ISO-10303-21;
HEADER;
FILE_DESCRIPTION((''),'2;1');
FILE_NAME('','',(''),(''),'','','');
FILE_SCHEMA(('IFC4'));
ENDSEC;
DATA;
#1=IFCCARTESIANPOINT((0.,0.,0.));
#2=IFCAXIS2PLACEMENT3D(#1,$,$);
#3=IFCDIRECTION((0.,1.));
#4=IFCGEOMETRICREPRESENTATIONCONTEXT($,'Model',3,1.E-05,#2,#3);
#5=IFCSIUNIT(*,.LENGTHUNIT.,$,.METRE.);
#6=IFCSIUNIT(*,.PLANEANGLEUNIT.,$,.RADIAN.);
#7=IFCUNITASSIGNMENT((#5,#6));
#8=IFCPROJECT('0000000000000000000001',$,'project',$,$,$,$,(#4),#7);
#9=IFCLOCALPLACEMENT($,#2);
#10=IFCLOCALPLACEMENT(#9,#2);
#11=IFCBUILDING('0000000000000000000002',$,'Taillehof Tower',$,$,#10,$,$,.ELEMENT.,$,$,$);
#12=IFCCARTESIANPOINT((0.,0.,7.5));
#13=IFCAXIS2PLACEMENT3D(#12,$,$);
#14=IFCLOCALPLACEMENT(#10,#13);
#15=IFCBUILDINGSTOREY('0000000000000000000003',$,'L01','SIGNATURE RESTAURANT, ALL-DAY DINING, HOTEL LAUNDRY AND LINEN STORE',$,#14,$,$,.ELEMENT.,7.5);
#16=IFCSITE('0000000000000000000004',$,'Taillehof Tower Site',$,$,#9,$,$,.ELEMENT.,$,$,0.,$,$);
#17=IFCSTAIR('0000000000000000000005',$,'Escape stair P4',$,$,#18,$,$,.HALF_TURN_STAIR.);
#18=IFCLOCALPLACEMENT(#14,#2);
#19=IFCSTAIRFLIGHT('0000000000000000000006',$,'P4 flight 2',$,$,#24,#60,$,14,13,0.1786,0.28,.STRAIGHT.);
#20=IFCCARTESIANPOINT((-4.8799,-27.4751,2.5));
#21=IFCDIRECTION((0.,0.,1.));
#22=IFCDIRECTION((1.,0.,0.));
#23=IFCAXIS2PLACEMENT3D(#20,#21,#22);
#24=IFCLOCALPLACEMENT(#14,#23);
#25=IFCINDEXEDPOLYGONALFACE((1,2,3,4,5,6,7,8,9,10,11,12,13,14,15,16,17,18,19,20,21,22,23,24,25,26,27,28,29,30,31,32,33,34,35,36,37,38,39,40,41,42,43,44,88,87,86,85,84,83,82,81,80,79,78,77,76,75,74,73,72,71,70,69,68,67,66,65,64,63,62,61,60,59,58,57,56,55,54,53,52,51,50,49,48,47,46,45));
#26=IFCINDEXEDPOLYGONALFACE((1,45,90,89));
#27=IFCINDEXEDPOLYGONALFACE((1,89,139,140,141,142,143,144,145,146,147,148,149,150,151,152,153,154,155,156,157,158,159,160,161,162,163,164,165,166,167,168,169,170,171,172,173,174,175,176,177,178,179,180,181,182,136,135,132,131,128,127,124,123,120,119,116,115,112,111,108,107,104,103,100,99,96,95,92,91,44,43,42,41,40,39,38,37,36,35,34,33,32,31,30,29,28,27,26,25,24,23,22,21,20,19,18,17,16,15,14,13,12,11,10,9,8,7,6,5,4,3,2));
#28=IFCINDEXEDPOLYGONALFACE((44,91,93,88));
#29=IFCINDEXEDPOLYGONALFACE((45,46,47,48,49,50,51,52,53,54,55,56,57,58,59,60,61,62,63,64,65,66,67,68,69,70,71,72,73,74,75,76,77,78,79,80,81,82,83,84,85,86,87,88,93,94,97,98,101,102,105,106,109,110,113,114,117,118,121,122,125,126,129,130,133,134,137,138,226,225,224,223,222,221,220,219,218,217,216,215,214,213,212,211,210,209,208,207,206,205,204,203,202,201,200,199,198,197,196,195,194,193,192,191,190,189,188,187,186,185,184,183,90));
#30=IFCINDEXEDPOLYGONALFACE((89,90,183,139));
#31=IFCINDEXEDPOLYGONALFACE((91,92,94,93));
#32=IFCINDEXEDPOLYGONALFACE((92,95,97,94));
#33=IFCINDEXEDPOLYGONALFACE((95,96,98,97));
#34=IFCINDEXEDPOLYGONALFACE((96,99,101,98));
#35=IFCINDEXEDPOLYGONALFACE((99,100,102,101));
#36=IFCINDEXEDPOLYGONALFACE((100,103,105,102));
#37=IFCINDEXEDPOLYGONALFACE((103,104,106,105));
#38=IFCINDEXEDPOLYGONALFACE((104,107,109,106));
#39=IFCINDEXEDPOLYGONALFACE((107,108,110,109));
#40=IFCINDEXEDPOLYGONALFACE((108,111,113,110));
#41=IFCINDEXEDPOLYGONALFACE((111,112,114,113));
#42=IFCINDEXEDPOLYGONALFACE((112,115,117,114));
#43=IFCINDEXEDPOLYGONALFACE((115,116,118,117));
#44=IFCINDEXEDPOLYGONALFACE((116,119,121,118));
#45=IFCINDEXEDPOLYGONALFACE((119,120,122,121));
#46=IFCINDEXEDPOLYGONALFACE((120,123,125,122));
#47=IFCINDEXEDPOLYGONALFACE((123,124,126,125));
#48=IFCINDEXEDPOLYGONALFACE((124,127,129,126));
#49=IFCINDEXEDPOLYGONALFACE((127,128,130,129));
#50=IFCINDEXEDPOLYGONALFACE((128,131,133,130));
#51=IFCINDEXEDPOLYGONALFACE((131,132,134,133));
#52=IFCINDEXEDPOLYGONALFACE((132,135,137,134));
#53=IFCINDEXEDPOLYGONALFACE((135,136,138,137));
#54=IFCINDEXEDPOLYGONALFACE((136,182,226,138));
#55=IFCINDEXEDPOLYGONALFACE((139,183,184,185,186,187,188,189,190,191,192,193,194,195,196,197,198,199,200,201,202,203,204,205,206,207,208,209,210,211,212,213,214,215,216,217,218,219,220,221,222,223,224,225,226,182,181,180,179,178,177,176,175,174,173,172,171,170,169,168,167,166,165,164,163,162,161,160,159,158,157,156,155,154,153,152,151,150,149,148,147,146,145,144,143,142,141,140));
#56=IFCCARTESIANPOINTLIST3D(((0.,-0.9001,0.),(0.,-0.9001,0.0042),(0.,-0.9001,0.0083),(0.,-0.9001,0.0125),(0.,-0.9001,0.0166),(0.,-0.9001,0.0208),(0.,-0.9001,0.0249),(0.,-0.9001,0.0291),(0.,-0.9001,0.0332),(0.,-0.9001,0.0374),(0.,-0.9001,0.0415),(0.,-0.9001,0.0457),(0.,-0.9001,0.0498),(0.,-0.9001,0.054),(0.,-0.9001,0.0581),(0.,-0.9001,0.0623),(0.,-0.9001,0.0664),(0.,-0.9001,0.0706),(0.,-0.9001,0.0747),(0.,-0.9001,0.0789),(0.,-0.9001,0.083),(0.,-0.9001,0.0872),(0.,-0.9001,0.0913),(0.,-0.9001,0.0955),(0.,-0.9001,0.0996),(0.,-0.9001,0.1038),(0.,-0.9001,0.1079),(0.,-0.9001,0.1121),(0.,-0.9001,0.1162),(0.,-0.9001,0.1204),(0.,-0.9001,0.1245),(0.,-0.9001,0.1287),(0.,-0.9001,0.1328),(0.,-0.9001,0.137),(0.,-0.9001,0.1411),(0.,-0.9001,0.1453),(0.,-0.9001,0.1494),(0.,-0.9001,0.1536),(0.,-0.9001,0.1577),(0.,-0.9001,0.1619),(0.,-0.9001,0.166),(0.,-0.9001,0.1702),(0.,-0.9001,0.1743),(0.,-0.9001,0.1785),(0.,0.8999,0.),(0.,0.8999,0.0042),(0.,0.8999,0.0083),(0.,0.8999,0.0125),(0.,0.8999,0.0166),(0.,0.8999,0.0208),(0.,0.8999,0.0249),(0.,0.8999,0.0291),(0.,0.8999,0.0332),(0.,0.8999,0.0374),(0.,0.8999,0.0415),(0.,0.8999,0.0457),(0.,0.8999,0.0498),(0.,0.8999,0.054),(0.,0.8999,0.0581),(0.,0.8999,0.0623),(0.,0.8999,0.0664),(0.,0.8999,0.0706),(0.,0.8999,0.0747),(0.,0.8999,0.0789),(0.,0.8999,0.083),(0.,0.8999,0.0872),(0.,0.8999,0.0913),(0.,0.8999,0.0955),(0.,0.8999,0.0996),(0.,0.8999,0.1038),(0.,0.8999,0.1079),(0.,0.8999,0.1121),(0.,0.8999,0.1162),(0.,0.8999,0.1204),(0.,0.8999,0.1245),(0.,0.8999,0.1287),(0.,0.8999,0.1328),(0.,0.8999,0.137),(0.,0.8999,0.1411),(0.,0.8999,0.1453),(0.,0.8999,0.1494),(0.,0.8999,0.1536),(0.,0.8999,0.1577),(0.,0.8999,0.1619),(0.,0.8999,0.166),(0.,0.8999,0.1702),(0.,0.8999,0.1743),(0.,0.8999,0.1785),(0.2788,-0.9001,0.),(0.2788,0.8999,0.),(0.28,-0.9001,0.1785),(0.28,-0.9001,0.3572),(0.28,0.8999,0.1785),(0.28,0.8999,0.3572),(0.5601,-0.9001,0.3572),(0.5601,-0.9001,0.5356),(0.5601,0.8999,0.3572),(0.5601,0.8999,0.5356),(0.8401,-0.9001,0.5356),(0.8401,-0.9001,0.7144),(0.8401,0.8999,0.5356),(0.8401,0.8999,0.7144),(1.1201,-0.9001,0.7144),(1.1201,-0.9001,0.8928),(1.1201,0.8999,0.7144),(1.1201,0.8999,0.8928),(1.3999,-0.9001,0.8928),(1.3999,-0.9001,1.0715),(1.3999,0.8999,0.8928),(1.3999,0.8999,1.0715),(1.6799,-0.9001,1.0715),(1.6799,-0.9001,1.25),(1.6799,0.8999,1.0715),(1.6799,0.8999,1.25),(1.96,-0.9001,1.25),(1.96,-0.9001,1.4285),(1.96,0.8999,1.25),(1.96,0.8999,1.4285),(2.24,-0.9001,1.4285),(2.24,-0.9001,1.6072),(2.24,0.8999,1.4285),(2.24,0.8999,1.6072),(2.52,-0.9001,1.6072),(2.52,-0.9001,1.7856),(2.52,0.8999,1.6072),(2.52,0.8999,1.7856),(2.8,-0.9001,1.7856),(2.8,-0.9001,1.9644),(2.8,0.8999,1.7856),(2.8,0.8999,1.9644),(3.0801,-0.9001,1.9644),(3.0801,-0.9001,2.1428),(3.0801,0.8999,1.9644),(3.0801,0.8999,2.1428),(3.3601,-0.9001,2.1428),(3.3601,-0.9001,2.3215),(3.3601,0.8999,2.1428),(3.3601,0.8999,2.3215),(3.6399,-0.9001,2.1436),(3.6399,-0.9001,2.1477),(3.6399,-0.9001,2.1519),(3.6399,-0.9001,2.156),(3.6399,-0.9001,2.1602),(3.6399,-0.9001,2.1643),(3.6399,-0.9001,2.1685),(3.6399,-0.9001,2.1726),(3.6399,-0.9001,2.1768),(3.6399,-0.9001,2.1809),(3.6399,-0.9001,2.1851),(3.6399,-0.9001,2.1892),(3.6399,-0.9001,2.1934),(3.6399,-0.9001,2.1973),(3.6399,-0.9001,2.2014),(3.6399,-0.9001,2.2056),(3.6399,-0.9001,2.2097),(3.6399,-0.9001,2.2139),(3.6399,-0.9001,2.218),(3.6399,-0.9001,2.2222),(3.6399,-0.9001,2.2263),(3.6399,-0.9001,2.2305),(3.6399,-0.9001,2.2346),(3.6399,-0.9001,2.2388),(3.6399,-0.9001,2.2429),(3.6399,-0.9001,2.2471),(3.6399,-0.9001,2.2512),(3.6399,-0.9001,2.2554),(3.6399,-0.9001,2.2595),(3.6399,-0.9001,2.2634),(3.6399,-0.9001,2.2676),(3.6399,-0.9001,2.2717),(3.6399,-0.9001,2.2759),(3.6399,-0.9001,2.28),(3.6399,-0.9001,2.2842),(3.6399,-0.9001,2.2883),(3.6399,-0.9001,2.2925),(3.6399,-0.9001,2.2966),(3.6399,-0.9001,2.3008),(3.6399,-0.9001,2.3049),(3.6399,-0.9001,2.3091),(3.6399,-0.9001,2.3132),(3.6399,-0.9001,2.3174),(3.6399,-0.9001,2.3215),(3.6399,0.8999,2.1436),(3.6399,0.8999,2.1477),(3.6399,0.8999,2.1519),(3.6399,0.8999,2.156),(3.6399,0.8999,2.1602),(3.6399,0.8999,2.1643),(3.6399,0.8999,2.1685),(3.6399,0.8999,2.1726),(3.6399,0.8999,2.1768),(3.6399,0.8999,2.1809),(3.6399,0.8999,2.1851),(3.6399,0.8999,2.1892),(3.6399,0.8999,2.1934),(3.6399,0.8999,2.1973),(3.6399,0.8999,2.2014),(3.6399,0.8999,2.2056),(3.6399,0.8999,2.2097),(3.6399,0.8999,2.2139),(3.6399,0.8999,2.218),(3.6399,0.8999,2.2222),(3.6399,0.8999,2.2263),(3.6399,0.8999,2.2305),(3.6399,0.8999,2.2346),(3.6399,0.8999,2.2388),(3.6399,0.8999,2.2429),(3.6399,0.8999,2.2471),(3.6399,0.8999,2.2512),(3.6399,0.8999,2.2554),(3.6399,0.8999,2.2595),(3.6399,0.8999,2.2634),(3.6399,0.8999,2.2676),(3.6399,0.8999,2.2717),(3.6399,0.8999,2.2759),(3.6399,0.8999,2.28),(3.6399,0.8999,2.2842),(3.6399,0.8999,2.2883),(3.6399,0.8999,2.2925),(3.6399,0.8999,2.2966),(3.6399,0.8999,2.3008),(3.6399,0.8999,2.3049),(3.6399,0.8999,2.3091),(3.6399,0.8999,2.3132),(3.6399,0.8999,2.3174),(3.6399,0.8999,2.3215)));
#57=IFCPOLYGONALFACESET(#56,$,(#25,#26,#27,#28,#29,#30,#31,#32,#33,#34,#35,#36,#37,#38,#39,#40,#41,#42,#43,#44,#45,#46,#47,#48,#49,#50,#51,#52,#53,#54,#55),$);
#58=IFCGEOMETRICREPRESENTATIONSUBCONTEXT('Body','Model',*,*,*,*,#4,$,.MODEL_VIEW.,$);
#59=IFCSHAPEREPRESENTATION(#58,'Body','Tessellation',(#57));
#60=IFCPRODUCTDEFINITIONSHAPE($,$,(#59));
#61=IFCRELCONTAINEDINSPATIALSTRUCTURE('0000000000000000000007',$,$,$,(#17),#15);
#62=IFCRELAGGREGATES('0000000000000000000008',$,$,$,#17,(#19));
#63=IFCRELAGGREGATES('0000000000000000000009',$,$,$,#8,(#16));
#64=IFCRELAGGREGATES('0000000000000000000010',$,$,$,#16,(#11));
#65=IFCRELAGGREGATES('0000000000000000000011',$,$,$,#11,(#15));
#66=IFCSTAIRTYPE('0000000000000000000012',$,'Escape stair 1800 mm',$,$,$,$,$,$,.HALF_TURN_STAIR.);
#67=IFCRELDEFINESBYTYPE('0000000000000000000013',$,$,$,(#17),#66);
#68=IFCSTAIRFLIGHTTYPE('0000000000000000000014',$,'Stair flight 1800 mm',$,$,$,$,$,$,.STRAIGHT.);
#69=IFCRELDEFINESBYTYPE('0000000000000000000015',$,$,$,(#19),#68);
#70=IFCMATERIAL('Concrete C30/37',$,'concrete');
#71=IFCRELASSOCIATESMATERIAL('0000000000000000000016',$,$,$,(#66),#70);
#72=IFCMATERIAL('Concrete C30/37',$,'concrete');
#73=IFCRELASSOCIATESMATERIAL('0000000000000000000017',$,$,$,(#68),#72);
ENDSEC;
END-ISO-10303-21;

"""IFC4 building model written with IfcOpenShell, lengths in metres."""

from ifc_helpers import new_model, si_unit, direction, frame, origin, place, context, subcontext, project, spatial, polyline, outline, extrude, material, type_object, element, aggregate, save


model = new_model("IFC4")

# Units and contexts
model_context = context("Model", 3, precision=1e-05, world=origin(), true_north=direction((0.0, 1.0)))
body_context = subcontext(model_context, "Body", "Model", "MODEL_VIEW")
ifc_project = project(units=[si_unit("LENGTHUNIT", "METRE"), si_unit("PLANEANGLEUNIT", "RADIAN")], contexts=[model_context])

# Site, building, storey
site_placement = place(None, origin())
site = spatial("IfcSite", under=ifc_project, at=site_placement, Name="Taillehof Tower Site", CompositionType="ELEMENT", RefElevation=0.0)
building_placement = place(site_placement, origin())
building = spatial("IfcBuilding", under=site, at=building_placement, Name="Taillehof Tower", CompositionType="ELEMENT")
storey_placement = place(building_placement, frame((0.0, 0.0, 7.5)))
storey = spatial("IfcBuildingStorey", under=building, at=storey_placement, Name="L01", Description="SIGNATURE RESTAURANT, ALL-DAY DINING, HOTEL LAUNDRY AND LINEN STORE", CompositionType="ELEMENT", Elevation=7.5)

# Stair, stair flight
ifc_material_1 = material(Name="Concrete C30/37", Category="concrete")
stair_type_1 = type_object("IfcStairType", Name="Escape stair 1800 mm", PredefinedType="HALF_TURN_STAIR", material=ifc_material_1)
stair_1_placement = place(storey_placement, origin())
stair_1 = element("IfcStair", 1, at=stair_1_placement, inside=storey, type_object=stair_type_1, Name="Escape stair P4", PredefinedType="HALF_TURN_STAIR")
ifc_material_2 = material(Name="Concrete C30/37", Category="concrete")
stair_flight_type_1 = type_object("IfcStairFlightType", Name="Stair flight 1800 mm", PredefinedType="STRAIGHT", material=ifc_material_2)
stair_flight_1_placement = place(storey_placement, frame((-4.8799, -27.4751, 2.5), z_axis=(0.0, 0.0, 1.0), x_axis=(1.0, 0.0, 0.0)))
stair_flight_1 = element("IfcStairFlight", 2, at=stair_flight_1_placement, type_object=stair_flight_type_1, Name="P4 flight 2", NumberOfRisers=14, NumberOfTreads=13, PredefinedType="STRAIGHT", RiserHeight=0.1786, TreadLength=0.28, context=body_context, shape_type="SweptSolid", body=[
    extrude(outline(polyline([(0.0, 0.0), (0.0, 0.0042), (0.0, 0.0083), (0.0, 0.0125), (0.0, 0.0166), (0.0, 0.0208), (0.0, 0.0249), (0.0, 0.0291), (0.0, 0.0332), (0.0, 0.0374), (0.0, 0.0415), (0.0, 0.0457), (0.0, 0.0498), (0.0, 0.054), (0.0, 0.0581), (0.0, 0.0623), (0.0, 0.0664), (0.0, 0.0706), (0.0, 0.0747), (0.0, 0.0789), (0.0, 0.083), (0.0, 0.0872), (0.0, 0.0913), (0.0, 0.0955), (0.0, 0.0996), (0.0, 0.1038), (0.0, 0.1079), (0.0, 0.1121), (0.0, 0.1162), (0.0, 0.1204), (0.0, 0.1245), (0.0, 0.1287), (0.0, 0.1328), (0.0, 0.137), (0.0, 0.1411), (0.0, 0.1453), (0.0, 0.1494), (0.0, 0.1536), (0.0, 0.1577), (0.0, 0.1619), (0.0, 0.166), (0.0, 0.1702), (0.0, 0.1743), (0.0, 0.1785), (0.28, 0.1785), (0.28, 0.3572), (0.5601, 0.3572), (0.5601, 0.5356), (0.8401, 0.5356), (0.8401, 0.7144), (1.1201, 0.7144), (1.1201, 0.8928), (1.3999, 0.8928), (1.3999, 1.0715), (1.6799, 1.0715), (1.6799, 1.25), (1.96, 1.25), (1.96, 1.4285), (2.24, 1.4285), (2.24, 1.6072), (2.52, 1.6072), (2.52, 1.7856), (2.8, 1.7856), (2.8, 1.9644), (3.0801, 1.9644), (3.0801, 2.1428), (3.3601, 2.1428), (3.3601, 2.3215), (3.6399, 2.3215), (3.6399, 2.3174), (3.6399, 2.3132), (3.6399, 2.3091), (3.6399, 2.3049), (3.6399, 2.3008), (3.6399, 2.2966), (3.6399, 2.2925), (3.6399, 2.2883), (3.6399, 2.2842), (3.6399, 2.28), (3.6399, 2.2759), (3.6399, 2.2717), (3.6399, 2.2676), (3.6399, 2.2634), (3.6399, 2.2595), (3.6399, 2.2554), (3.6399, 2.2512), (3.6399, 2.2471), (3.6399, 2.2429), (3.6399, 2.2388), (3.6399, 2.2346), (3.6399, 2.2305), (3.6399, 2.2263), (3.6399, 2.2222), (3.6399, 2.218), (3.6399, 2.2139), (3.6399, 2.2097), (3.6399, 2.2056), (3.6399, 2.2014), (3.6399, 2.1973), (3.6399, 2.1934), (3.6399, 2.1892), (3.6399, 2.1851), (3.6399, 2.1809), (3.6399, 2.1768), (3.6399, 2.1726), (3.6399, 2.1685), (3.6399, 2.1643), (3.6399, 2.1602), (3.6399, 2.156), (3.6399, 2.1519), (3.6399, 2.1477), (3.6399, 2.1436), (0.2788, 0.0), (0.0, 0.0)])), frame((0.0, 0.8999, 0.0), z_axis=(0.0, -1.0, 0.0), x_axis=(1.0, 0.0, 0.0)), (0.0, 0.0, 1.0), 1.8),
])
aggregate(stair_1, [stair_flight_1])

save(model, "model.ifc")
